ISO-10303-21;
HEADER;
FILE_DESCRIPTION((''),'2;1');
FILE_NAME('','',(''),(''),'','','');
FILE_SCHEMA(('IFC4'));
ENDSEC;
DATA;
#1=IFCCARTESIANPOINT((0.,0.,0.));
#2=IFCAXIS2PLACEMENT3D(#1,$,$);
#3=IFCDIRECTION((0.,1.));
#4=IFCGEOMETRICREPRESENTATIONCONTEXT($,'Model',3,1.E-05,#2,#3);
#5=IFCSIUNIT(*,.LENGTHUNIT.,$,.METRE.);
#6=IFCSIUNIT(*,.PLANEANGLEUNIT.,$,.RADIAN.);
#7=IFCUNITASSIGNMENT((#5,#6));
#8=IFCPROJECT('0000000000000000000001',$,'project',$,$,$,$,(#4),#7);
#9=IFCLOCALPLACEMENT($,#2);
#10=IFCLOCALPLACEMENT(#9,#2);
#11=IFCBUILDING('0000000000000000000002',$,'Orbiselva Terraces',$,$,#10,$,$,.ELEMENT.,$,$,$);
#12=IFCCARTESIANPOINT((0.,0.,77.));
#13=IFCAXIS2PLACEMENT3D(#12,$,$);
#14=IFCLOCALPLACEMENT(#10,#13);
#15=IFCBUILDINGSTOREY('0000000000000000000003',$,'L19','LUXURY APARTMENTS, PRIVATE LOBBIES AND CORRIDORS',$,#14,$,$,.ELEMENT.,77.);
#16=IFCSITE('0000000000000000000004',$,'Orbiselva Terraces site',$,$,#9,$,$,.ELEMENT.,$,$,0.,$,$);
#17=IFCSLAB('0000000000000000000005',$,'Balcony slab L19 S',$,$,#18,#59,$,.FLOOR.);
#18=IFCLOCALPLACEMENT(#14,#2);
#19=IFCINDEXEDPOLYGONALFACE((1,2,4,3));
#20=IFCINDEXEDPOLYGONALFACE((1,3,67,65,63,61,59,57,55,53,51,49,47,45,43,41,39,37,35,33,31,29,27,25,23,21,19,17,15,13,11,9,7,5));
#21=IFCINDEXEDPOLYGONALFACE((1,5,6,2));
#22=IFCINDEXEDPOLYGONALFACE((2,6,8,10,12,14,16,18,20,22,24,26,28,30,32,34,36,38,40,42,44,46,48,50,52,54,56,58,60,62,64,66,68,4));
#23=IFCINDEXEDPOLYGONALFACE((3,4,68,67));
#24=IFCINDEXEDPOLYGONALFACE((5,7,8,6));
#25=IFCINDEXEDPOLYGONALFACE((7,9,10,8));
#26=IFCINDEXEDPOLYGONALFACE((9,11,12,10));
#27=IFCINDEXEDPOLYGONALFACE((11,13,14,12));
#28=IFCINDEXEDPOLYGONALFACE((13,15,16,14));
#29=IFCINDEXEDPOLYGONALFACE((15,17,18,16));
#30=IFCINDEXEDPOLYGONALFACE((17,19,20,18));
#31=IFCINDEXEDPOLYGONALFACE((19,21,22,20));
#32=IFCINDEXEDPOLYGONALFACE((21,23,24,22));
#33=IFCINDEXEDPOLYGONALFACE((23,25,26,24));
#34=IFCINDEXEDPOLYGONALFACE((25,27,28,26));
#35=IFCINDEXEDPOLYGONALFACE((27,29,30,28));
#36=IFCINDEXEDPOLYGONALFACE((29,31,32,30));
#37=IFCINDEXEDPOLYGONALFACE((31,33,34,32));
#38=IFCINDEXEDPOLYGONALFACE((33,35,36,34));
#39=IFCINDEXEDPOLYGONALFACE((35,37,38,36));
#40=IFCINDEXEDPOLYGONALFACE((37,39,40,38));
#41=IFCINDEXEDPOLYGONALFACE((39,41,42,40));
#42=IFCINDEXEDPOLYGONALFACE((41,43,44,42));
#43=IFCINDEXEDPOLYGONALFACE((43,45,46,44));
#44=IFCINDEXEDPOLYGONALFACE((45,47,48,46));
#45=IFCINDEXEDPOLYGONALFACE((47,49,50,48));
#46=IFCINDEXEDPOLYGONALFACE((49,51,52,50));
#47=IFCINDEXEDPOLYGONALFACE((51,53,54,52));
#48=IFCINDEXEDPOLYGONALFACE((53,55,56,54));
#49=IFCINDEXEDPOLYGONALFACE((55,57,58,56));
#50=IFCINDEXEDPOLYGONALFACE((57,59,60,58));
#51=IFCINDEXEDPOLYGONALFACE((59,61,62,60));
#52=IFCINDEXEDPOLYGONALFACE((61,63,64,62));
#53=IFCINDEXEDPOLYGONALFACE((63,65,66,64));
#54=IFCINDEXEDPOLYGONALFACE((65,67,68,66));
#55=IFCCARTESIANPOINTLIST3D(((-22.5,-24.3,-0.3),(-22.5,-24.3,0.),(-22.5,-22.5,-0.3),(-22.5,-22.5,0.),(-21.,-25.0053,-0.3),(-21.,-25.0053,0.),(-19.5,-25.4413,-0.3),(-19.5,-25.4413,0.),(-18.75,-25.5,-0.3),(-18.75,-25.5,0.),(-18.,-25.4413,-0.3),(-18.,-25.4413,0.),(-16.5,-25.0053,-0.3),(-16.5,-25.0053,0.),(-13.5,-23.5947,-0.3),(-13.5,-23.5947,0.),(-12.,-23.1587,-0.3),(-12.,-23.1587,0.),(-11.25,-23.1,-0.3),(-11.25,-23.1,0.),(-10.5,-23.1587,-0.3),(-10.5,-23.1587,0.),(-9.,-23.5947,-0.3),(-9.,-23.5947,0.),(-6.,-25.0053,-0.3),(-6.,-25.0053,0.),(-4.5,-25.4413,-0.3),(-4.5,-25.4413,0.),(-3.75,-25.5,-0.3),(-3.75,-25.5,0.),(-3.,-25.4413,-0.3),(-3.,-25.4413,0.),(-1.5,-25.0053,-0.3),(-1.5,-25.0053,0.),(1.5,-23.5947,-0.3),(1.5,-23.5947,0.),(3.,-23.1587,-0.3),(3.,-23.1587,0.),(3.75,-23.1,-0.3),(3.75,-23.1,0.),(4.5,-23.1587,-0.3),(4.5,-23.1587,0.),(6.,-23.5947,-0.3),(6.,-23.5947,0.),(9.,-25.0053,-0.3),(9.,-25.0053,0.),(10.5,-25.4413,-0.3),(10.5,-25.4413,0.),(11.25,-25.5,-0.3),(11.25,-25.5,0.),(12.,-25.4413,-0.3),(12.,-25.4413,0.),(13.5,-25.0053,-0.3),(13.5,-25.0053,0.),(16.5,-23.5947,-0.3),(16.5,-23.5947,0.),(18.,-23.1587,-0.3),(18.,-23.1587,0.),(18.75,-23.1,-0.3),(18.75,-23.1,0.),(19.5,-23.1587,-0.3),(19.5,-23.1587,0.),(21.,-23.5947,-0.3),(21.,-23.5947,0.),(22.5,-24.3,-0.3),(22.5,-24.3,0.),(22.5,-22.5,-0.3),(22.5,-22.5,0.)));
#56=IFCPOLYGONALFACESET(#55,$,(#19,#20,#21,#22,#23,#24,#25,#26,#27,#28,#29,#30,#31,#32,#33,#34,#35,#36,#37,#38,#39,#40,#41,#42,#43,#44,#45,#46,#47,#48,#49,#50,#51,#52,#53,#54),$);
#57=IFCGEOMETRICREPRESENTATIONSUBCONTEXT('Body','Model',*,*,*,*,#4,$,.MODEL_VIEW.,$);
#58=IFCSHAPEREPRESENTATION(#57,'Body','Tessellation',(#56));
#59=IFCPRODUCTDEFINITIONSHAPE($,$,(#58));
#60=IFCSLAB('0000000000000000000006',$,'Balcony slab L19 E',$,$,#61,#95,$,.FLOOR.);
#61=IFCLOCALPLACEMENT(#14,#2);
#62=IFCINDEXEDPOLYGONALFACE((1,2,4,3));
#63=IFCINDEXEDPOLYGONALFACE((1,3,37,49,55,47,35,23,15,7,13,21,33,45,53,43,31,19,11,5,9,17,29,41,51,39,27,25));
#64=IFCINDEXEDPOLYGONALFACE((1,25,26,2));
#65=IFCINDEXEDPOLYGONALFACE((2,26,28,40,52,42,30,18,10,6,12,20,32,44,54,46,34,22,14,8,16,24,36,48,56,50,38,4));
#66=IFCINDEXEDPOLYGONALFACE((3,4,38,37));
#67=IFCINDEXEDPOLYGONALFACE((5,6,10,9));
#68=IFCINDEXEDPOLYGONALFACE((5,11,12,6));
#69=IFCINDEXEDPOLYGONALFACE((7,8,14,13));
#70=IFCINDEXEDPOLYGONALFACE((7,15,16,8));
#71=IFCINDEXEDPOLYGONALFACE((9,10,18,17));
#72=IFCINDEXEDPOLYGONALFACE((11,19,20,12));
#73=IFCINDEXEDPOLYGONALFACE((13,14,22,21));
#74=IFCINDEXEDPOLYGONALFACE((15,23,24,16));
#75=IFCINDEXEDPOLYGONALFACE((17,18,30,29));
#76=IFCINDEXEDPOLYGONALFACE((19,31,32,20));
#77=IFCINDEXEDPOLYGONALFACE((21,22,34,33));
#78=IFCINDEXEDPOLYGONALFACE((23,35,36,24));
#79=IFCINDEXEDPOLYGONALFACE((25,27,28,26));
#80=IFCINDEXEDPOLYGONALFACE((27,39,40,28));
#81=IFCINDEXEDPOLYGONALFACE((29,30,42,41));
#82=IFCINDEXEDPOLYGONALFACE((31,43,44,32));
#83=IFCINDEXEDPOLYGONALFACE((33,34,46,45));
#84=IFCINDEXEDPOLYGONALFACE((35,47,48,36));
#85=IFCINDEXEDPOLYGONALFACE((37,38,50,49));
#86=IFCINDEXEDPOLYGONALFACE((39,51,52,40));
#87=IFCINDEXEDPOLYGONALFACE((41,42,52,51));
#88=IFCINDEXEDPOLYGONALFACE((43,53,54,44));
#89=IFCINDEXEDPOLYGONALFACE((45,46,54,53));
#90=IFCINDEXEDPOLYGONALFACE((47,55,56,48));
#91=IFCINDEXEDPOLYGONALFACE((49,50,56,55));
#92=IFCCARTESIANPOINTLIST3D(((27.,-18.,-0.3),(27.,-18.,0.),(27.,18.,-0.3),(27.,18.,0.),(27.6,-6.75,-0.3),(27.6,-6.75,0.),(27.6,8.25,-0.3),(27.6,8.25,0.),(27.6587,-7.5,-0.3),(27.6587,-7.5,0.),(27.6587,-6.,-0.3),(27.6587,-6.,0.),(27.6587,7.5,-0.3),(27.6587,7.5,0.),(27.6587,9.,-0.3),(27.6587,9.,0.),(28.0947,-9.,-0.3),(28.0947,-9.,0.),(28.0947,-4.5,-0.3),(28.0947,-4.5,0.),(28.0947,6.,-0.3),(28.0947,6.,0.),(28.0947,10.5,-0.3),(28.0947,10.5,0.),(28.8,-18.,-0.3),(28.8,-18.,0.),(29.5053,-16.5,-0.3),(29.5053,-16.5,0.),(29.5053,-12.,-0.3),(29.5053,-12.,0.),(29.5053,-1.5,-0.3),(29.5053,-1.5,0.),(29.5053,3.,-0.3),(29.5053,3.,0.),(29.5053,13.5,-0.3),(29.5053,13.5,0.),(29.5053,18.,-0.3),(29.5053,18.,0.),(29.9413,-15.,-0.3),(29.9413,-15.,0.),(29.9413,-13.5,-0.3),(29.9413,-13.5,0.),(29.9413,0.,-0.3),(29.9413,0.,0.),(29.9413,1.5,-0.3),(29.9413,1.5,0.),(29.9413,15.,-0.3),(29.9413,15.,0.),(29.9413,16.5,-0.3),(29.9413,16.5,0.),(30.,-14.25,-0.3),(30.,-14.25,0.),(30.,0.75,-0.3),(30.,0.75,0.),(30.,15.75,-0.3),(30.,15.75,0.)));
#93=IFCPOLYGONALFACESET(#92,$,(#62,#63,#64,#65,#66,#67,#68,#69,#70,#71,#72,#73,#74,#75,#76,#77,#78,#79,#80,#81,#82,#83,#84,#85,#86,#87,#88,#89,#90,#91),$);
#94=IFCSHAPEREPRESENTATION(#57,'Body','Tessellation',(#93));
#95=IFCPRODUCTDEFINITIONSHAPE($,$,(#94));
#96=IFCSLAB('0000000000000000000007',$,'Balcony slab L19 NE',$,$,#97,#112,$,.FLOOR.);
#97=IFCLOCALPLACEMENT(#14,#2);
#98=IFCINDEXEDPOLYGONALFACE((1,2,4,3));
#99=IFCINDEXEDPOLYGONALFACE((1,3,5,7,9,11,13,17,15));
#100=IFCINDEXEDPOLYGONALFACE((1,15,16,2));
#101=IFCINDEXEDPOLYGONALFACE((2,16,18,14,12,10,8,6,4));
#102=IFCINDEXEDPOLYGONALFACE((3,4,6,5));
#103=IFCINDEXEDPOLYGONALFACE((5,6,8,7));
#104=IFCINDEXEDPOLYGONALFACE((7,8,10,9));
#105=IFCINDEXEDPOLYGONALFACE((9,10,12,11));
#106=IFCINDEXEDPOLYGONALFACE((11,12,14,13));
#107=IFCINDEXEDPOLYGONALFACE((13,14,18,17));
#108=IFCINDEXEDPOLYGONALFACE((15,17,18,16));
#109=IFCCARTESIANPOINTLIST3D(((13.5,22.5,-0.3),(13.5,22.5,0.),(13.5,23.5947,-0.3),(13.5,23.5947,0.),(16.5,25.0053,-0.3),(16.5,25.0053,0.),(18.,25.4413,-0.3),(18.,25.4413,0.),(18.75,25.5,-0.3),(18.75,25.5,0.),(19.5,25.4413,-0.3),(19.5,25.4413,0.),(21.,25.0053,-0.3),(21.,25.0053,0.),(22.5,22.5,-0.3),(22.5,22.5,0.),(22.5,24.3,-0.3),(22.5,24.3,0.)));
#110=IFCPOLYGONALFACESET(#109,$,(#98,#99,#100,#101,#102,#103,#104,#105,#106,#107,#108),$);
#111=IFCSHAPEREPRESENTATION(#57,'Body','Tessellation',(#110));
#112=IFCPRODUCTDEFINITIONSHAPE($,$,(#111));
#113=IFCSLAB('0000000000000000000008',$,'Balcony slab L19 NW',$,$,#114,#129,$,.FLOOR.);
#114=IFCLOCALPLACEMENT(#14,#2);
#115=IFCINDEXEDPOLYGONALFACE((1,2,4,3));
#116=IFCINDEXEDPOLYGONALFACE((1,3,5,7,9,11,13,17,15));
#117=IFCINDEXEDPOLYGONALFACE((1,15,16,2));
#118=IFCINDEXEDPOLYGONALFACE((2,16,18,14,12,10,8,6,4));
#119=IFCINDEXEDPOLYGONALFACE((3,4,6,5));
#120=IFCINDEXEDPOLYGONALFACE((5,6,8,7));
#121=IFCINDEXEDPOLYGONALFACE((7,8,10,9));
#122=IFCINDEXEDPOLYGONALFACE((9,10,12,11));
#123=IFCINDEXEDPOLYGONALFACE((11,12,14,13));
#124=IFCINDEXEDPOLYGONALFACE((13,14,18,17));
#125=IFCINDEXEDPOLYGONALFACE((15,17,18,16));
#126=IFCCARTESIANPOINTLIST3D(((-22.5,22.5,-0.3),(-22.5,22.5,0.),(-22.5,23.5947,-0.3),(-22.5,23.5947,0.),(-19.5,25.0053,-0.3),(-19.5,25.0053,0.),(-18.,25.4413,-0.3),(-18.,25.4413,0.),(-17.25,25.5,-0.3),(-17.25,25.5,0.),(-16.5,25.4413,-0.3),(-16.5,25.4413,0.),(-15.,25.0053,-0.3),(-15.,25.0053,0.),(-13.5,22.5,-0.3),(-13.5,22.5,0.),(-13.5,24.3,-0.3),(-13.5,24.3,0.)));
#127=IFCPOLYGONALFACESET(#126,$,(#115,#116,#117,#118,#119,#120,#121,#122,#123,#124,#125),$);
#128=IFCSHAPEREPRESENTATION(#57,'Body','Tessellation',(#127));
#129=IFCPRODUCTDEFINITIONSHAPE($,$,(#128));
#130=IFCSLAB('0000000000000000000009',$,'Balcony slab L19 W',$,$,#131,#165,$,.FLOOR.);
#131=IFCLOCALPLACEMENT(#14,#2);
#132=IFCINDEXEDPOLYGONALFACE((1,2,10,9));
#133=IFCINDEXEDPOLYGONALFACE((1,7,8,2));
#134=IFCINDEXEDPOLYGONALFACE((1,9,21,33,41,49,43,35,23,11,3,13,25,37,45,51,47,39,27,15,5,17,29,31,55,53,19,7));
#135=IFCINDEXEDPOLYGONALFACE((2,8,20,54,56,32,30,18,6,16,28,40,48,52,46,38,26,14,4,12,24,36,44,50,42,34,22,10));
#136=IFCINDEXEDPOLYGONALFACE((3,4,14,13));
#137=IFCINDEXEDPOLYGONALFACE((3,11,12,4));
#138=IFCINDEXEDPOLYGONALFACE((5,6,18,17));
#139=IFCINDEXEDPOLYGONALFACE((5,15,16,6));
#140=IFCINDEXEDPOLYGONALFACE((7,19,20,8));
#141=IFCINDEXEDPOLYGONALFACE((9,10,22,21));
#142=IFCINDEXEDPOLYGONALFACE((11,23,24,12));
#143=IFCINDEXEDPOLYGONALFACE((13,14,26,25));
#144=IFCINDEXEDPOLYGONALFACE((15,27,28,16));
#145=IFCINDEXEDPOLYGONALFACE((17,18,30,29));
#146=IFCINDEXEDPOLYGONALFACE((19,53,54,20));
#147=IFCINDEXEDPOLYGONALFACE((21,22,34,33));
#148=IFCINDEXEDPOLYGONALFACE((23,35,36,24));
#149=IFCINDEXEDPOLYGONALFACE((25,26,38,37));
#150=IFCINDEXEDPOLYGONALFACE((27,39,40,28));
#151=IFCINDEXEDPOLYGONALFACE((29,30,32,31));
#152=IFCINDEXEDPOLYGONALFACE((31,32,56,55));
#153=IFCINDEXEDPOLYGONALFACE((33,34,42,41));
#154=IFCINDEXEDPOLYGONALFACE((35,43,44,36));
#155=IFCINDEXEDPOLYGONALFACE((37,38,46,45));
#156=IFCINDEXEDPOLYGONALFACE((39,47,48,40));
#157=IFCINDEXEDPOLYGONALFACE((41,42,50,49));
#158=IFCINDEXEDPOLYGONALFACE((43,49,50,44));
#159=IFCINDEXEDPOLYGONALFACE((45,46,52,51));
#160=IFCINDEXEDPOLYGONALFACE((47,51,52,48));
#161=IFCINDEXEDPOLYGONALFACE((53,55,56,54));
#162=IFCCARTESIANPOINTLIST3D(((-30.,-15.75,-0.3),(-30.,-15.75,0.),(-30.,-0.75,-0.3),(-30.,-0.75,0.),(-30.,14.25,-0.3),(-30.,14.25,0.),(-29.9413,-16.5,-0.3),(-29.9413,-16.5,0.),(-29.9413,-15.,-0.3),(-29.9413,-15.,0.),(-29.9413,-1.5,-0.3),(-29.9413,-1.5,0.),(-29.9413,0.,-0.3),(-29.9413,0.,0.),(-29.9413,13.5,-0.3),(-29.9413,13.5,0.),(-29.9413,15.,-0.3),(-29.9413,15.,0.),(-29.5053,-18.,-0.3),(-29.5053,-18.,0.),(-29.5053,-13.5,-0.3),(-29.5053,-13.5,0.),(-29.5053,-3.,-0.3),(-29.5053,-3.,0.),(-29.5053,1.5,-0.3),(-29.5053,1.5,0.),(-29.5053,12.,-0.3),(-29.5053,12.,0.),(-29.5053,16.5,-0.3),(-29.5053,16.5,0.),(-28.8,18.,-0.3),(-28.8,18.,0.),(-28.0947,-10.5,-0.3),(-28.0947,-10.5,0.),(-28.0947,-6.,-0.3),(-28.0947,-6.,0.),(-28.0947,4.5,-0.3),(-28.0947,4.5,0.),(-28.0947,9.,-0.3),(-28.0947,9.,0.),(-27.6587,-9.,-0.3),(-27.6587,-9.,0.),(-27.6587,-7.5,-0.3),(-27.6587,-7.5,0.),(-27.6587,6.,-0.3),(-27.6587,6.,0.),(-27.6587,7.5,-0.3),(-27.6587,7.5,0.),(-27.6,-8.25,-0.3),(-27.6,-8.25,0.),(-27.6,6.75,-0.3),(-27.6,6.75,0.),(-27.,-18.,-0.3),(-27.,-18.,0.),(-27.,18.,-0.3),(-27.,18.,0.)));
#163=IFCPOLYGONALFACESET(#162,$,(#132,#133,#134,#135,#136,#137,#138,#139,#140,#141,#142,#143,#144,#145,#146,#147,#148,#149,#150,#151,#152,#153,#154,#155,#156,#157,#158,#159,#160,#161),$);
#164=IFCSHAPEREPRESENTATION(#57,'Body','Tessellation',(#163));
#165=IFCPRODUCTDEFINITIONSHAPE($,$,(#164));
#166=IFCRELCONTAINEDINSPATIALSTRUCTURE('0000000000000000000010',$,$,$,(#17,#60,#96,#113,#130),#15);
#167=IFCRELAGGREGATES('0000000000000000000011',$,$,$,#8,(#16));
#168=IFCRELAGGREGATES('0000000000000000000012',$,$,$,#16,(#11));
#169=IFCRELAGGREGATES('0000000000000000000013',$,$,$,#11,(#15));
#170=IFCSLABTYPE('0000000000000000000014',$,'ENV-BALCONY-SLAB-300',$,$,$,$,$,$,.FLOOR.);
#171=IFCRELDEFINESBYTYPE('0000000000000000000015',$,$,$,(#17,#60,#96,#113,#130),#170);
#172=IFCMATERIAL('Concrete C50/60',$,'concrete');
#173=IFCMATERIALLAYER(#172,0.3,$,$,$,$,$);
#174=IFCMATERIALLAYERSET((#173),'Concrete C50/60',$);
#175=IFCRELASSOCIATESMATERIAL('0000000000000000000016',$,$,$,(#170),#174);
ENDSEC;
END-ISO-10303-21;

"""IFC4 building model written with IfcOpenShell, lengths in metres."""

from ifc_helpers import new_model, si_unit, direction, frame, origin, place, context, subcontext, project, spatial, polyline, outline, extrude, material, layer, layer_set, type_object, element, save


model = new_model("IFC4")

# Units and contexts
model_context = context("Model", 3, precision=1e-05, world=origin(), true_north=direction((0.0, 1.0)))
body_context = subcontext(model_context, "Body", "Model", "MODEL_VIEW")
ifc_project = project(units=[si_unit("LENGTHUNIT", "METRE"), si_unit("PLANEANGLEUNIT", "RADIAN")], contexts=[model_context])

# Site, building, storey
site_placement = place(None, origin())
site = spatial("IfcSite", under=ifc_project, at=site_placement, Name="Orbiselva Terraces site", CompositionType="ELEMENT", RefElevation=0.0)
building_placement = place(site_placement, origin())
building = spatial("IfcBuilding", under=site, at=building_placement, Name="Orbiselva Terraces", CompositionType="ELEMENT")
storey_placement = place(building_placement, frame((0.0, 0.0, 77.0)))
storey = spatial("IfcBuildingStorey", under=building, at=storey_placement, Name="L19", Description="LUXURY APARTMENTS, PRIVATE LOBBIES AND CORRIDORS", CompositionType="ELEMENT", Elevation=77.0)

# Slabs
ifc_material_1 = material(Name="Concrete C50/60", Category="concrete")
ifc_layer_1 = layer(ifc_material_1, 0.3)
ifc_layer_set_1 = layer_set([ifc_layer_1], Name="Concrete C50/60")
slab_type_1 = type_object("IfcSlabType", Name="ENV-BALCONY-SLAB-300", PredefinedType="FLOOR", material=ifc_layer_set_1)
slab_1_placement = place(storey_placement, frame((0.0, 0.0, -0.3)))
element("IfcSlab", 1, at=slab_1_placement, inside=storey, type_object=slab_type_1, Name="Balcony slab L19 S", PredefinedType="FLOOR", context=body_context, shape_type="SweptSolid", body=[
    extrude(outline(polyline([(-22.5, -24.3), (-21.0, -25.0053), (-19.5, -25.4413), (-18.75, -25.5), (-18.0, -25.4413), (-16.5, -25.0053), (-13.5, -23.5947), (-12.0, -23.1587), (-11.25, -23.1), (-10.5, -23.1587), (-9.0, -23.5947), (-6.0, -25.0053), (-4.5, -25.4413), (-3.75, -25.5), (-3.0, -25.4413), (-1.5, -25.0053), (1.5, -23.5947), (3.0, -23.1587), (3.75, -23.1), (4.5, -23.1587), (6.0, -23.5947), (9.0, -25.0053), (10.5, -25.4413), (11.25, -25.5), (12.0, -25.4413), (13.5, -25.0053), (16.5, -23.5947), (18.0, -23.1587), (18.75, -23.1), (19.5, -23.1587), (21.0, -23.5947), (22.5, -24.3), (22.5, -22.5), (-22.5, -22.5), (-22.5, -24.3)])), origin(), (0.0, 0.0, 1.0), 0.3),
])
slab_2_placement = place(storey_placement, frame((0.0, 0.0, -0.3)))
element("IfcSlab", 2, at=slab_2_placement, inside=storey, type_object=slab_type_1, Name="Balcony slab L19 E", PredefinedType="FLOOR", context=body_context, shape_type="SweptSolid", body=[
    extrude(outline(polyline([(28.8, -18.0), (29.5053, -16.5), (29.9413, -15.0), (30.0, -14.25), (29.9413, -13.5), (29.5053, -12.0), (28.0947, -9.0), (27.6587, -7.5), (27.6, -6.75), (27.6587, -6.0), (28.0947, -4.5), (29.5053, -1.5), (29.9413, 0.0), (30.0, 0.75), (29.9413, 1.5), (29.5053, 3.0), (28.0947, 6.0), (27.6587, 7.5), (27.6, 8.25), (27.6587, 9.0), (28.0947, 10.5), (29.5053, 13.5), (29.9413, 15.0), (30.0, 15.75), (29.9413, 16.5), (29.5053, 18.0), (27.0, 18.0), (27.0, -18.0), (28.8, -18.0)])), origin(), (0.0, 0.0, 1.0), 0.3),
])
slab_3_placement = place(storey_placement, frame((0.0, 0.0, -0.3)))
element("IfcSlab", 3, at=slab_3_placement, inside=storey, type_object=slab_type_1, Name="Balcony slab L19 NE", PredefinedType="FLOOR", context=body_context, shape_type="SweptSolid", body=[
    extrude(outline(polyline([(22.5, 24.3), (21.0, 25.0053), (19.5, 25.4413), (18.75, 25.5), (18.0, 25.4413), (16.5, 25.0053), (13.5, 23.5947), (13.5, 22.5), (22.5, 22.5), (22.5, 24.3)])), origin(), (0.0, 0.0, 1.0), 0.3),
])
slab_4_placement = place(storey_placement, frame((0.0, 0.0, -0.3)))
element("IfcSlab", 4, at=slab_4_placement, inside=storey, type_object=slab_type_1, Name="Balcony slab L19 NW", PredefinedType="FLOOR", context=body_context, shape_type="SweptSolid", body=[
    extrude(outline(polyline([(-13.5, 24.3), (-15.0, 25.0053), (-16.5, 25.4413), (-17.25, 25.5), (-18.0, 25.4413), (-19.5, 25.0053), (-22.5, 23.5947), (-22.5, 22.5), (-13.5, 22.5), (-13.5, 24.3)])), origin(), (0.0, 0.0, 1.0), 0.3),
])
slab_5_placement = place(storey_placement, frame((0.0, 0.0, -0.3)))
element("IfcSlab", 5, at=slab_5_placement, inside=storey, type_object=slab_type_1, Name="Balcony slab L19 W", PredefinedType="FLOOR", context=body_context, shape_type="SweptSolid", body=[
    extrude(outline(polyline([(-28.8, 18.0), (-29.5053, 16.5), (-29.9413, 15.0), (-30.0, 14.25), (-29.9413, 13.5), (-29.5053, 12.0), (-28.0947, 9.0), (-27.6587, 7.5), (-27.6, 6.75), (-27.6587, 6.0), (-28.0947, 4.5), (-29.5053, 1.5), (-29.9413, 0.0), (-30.0, -0.75), (-29.9413, -1.5), (-29.5053, -3.0), (-28.0947, -6.0), (-27.6587, -7.5), (-27.6, -8.25), (-27.6587, -9.0), (-28.0947, -10.5), (-29.5053, -13.5), (-29.9413, -15.0), (-30.0, -15.75), (-29.9413, -16.5), (-29.5053, -18.0), (-27.0, -18.0), (-27.0, 18.0), (-28.8, 18.0)])), origin(), (0.0, 0.0, 1.0), 0.3),
])

save(model, "model.ifc")
